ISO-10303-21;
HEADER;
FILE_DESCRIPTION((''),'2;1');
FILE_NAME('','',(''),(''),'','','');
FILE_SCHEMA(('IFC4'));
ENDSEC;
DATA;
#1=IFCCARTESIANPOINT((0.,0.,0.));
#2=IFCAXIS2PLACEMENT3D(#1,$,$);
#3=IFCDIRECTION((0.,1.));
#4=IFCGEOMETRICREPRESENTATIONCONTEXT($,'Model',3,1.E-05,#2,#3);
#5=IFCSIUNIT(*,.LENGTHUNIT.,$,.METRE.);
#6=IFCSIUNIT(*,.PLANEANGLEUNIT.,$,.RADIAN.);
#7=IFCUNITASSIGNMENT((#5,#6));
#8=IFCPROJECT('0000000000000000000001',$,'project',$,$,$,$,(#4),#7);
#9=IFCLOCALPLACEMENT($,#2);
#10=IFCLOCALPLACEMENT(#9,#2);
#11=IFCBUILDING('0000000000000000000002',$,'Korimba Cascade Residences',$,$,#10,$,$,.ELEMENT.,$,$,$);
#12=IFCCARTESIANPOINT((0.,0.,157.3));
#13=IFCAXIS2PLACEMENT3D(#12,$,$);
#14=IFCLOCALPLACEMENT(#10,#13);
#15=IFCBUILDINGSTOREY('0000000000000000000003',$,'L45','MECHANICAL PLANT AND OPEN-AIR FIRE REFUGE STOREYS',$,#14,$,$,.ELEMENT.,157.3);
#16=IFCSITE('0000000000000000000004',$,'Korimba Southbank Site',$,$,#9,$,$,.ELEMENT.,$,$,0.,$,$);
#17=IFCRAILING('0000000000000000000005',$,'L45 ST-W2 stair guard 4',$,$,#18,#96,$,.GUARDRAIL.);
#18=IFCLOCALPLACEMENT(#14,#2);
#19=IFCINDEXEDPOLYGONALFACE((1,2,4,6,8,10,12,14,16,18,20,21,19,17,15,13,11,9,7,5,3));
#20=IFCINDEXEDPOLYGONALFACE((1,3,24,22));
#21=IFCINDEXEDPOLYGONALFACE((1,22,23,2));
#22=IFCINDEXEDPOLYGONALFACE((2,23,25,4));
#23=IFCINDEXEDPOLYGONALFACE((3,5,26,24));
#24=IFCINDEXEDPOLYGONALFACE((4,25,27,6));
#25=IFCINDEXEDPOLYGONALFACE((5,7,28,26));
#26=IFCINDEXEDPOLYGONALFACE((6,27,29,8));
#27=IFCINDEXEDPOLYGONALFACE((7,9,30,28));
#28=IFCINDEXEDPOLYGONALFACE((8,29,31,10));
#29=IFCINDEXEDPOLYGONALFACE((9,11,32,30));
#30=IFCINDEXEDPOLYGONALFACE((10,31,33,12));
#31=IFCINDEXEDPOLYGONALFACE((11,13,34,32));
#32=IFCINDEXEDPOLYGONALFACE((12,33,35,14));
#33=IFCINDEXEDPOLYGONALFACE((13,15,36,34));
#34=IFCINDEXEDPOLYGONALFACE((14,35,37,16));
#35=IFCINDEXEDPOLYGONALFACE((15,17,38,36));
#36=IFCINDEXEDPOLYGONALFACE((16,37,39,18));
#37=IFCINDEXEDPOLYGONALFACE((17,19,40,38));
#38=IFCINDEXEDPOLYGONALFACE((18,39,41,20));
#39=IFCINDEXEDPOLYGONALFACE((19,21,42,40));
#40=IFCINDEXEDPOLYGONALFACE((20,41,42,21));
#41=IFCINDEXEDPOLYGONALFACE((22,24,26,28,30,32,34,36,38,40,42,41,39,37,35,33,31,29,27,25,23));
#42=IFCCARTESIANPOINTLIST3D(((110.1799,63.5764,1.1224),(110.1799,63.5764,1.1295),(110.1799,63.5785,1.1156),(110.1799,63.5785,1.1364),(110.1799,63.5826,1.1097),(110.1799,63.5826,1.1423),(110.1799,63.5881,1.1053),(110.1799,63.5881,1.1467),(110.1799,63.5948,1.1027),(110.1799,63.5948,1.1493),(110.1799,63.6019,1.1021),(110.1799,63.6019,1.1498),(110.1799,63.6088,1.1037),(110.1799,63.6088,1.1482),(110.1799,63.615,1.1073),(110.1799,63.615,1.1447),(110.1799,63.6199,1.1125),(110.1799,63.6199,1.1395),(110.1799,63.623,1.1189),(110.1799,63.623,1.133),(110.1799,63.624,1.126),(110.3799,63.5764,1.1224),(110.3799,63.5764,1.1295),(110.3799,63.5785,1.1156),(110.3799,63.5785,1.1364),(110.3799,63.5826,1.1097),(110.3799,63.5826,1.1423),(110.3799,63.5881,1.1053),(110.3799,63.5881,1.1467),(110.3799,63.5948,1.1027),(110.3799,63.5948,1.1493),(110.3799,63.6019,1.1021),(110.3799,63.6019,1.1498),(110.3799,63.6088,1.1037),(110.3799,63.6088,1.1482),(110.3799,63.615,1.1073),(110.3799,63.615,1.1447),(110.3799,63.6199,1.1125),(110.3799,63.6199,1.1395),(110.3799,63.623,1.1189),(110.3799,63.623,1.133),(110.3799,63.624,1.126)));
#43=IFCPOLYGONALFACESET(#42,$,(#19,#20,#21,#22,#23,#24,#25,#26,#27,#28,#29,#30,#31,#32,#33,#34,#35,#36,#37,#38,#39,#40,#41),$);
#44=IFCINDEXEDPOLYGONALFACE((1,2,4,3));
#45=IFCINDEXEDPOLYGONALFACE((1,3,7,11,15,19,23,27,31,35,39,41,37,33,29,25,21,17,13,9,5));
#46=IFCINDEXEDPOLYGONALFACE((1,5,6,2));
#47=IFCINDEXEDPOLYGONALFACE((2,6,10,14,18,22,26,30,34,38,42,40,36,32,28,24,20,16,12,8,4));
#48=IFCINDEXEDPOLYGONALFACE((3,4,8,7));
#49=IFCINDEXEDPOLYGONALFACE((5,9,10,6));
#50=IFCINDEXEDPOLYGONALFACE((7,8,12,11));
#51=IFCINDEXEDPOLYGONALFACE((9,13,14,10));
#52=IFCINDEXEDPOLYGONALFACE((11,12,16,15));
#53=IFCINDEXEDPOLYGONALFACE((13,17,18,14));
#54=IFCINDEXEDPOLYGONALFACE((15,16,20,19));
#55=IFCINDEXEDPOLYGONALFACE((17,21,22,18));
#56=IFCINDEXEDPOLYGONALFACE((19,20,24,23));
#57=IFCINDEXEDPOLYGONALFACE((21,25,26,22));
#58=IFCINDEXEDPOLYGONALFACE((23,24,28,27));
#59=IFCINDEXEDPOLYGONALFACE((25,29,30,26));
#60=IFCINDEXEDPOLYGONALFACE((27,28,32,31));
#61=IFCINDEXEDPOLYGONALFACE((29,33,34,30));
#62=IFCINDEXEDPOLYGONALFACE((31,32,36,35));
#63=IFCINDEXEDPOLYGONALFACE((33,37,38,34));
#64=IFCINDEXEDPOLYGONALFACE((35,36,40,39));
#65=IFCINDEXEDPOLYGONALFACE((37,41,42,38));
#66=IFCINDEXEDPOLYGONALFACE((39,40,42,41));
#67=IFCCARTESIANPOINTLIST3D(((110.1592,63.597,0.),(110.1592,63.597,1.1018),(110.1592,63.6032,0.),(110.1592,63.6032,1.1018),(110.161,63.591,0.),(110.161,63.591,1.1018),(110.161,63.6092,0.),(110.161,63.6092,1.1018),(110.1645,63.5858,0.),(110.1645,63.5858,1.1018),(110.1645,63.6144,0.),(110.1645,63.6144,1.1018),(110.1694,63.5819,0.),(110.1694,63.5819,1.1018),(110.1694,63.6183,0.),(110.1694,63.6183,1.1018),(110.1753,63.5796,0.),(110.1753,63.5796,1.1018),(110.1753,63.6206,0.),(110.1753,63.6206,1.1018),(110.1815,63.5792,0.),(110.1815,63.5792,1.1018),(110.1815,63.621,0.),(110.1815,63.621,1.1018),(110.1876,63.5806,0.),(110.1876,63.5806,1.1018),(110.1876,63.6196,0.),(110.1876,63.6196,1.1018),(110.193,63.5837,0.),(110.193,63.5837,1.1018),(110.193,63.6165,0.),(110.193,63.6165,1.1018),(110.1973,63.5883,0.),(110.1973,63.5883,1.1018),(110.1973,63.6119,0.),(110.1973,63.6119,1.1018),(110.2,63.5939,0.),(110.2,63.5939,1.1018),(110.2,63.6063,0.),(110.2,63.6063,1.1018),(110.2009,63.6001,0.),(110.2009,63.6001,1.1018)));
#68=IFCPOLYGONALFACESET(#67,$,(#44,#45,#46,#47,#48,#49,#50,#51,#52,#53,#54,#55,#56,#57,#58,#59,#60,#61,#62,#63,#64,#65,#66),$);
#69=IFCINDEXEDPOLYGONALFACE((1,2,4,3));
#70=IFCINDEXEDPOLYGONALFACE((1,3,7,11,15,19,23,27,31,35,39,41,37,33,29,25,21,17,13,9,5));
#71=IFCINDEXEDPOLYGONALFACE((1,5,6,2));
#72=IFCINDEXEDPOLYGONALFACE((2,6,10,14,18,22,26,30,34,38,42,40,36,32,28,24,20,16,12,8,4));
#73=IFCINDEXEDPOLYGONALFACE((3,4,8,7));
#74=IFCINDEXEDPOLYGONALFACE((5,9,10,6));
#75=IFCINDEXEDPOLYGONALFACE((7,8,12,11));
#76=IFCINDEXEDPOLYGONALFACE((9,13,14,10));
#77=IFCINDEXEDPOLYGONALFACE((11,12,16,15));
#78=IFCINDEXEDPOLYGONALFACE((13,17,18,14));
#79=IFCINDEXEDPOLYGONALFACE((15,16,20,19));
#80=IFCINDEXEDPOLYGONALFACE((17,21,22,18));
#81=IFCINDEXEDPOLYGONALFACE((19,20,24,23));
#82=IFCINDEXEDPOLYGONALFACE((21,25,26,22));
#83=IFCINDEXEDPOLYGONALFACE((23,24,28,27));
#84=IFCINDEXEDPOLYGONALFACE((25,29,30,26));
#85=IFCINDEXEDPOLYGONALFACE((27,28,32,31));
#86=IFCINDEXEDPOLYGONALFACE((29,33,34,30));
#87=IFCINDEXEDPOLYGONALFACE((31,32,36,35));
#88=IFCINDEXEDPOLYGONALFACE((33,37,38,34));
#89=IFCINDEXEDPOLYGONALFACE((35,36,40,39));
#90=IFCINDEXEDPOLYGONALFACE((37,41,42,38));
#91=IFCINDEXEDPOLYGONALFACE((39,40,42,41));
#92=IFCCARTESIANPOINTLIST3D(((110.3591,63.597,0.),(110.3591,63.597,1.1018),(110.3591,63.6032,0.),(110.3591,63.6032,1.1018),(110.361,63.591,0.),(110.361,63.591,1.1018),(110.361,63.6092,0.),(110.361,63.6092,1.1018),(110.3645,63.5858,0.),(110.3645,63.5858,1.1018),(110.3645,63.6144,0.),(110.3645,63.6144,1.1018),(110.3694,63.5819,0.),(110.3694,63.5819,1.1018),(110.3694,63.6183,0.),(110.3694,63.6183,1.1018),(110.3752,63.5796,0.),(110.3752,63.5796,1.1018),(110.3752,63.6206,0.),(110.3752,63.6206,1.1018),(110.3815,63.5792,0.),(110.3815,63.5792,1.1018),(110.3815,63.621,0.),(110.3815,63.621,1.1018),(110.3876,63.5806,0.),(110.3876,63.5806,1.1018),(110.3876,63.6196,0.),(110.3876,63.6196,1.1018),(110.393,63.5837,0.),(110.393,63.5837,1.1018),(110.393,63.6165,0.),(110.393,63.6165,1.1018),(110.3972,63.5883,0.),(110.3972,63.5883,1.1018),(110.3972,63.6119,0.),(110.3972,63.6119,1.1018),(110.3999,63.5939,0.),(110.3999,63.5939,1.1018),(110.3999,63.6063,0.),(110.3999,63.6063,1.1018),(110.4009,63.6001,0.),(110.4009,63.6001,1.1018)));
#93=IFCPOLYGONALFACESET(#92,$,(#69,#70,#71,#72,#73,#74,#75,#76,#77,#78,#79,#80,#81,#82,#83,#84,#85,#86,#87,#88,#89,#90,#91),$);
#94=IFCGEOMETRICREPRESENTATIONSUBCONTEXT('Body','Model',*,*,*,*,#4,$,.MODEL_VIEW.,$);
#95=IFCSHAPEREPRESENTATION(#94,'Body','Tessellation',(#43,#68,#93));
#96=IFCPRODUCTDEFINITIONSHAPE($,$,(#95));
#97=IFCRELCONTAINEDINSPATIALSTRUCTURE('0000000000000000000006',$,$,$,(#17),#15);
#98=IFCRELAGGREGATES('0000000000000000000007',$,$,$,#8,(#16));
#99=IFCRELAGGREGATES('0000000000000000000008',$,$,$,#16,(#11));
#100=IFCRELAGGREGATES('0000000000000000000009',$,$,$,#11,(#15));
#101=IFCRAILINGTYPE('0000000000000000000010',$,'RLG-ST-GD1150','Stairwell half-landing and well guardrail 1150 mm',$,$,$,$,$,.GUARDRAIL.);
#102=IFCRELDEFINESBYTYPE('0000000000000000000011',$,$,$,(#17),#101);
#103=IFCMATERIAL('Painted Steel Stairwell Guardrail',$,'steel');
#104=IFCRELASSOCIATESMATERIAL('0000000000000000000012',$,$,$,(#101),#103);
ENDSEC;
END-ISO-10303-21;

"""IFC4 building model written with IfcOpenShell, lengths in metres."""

from ifc_helpers import new_model, si_unit, direction, frame, origin, origin_2d, place, context, subcontext, project, spatial, circle, extrude, material, type_object, element, save


model = new_model("IFC4")

# Units and contexts
model_context = context("Model", 3, precision=1e-05, world=origin(), true_north=direction((0.0, 1.0)))
body_context = subcontext(model_context, "Body", "Model", "MODEL_VIEW")
ifc_project = project(units=[si_unit("LENGTHUNIT", "METRE"), si_unit("PLANEANGLEUNIT", "RADIAN")], contexts=[model_context])

# Site, building, storey
site_placement = place(None, origin())
site = spatial("IfcSite", under=ifc_project, at=site_placement, Name="Korimba Southbank Site", CompositionType="ELEMENT", RefElevation=0.0)
building_placement = place(site_placement, origin())
building = spatial("IfcBuilding", under=site, at=building_placement, Name="Korimba Cascade Residences", CompositionType="ELEMENT")
storey_placement = place(building_placement, frame((0.0, 0.0, 157.3)))
storey = spatial("IfcBuildingStorey", under=building, at=storey_placement, Name="L45", Description="MECHANICAL PLANT AND OPEN-AIR FIRE REFUGE STOREYS", CompositionType="ELEMENT", Elevation=157.3)

# Railing
ifc_material_1 = material(Name="Painted Steel Stairwell Guardrail", Category="steel")
railing_type_1 = type_object("IfcRailingType", Name="RLG-ST-GD1150", Description="Stairwell half-landing and well guardrail 1150 mm", PredefinedType="GUARDRAIL", material=ifc_material_1)
railing_1_placement = place(storey_placement, frame((110.1799, 63.6001, 0.0)))
element("IfcRailing", 1, at=railing_1_placement, inside=storey, type_object=railing_type_1, Name="L45 ST-W2 stair guard 4", PredefinedType="GUARDRAIL", context=body_context, shape_type="SweptSolid", body=[
    extrude(circle(Radius=0.0239, at=origin_2d()), frame((0.0, 0.0, 1.126), z_axis=(1.0, 0.0, 0.0), x_axis=(0.0, 1.0, 0.0)), (0.0, 0.0, 1.0), 0.2),
    extrude(circle(Radius=0.021, at=origin_2d()), origin(), (0.0, 0.0, 1.0), 1.1018),
    extrude(circle(Radius=0.021, at=origin_2d()), frame((0.2, 0.0, 0.0)), (0.0, 0.0, 1.0), 1.1018),
])

save(model, "model.ifc")
